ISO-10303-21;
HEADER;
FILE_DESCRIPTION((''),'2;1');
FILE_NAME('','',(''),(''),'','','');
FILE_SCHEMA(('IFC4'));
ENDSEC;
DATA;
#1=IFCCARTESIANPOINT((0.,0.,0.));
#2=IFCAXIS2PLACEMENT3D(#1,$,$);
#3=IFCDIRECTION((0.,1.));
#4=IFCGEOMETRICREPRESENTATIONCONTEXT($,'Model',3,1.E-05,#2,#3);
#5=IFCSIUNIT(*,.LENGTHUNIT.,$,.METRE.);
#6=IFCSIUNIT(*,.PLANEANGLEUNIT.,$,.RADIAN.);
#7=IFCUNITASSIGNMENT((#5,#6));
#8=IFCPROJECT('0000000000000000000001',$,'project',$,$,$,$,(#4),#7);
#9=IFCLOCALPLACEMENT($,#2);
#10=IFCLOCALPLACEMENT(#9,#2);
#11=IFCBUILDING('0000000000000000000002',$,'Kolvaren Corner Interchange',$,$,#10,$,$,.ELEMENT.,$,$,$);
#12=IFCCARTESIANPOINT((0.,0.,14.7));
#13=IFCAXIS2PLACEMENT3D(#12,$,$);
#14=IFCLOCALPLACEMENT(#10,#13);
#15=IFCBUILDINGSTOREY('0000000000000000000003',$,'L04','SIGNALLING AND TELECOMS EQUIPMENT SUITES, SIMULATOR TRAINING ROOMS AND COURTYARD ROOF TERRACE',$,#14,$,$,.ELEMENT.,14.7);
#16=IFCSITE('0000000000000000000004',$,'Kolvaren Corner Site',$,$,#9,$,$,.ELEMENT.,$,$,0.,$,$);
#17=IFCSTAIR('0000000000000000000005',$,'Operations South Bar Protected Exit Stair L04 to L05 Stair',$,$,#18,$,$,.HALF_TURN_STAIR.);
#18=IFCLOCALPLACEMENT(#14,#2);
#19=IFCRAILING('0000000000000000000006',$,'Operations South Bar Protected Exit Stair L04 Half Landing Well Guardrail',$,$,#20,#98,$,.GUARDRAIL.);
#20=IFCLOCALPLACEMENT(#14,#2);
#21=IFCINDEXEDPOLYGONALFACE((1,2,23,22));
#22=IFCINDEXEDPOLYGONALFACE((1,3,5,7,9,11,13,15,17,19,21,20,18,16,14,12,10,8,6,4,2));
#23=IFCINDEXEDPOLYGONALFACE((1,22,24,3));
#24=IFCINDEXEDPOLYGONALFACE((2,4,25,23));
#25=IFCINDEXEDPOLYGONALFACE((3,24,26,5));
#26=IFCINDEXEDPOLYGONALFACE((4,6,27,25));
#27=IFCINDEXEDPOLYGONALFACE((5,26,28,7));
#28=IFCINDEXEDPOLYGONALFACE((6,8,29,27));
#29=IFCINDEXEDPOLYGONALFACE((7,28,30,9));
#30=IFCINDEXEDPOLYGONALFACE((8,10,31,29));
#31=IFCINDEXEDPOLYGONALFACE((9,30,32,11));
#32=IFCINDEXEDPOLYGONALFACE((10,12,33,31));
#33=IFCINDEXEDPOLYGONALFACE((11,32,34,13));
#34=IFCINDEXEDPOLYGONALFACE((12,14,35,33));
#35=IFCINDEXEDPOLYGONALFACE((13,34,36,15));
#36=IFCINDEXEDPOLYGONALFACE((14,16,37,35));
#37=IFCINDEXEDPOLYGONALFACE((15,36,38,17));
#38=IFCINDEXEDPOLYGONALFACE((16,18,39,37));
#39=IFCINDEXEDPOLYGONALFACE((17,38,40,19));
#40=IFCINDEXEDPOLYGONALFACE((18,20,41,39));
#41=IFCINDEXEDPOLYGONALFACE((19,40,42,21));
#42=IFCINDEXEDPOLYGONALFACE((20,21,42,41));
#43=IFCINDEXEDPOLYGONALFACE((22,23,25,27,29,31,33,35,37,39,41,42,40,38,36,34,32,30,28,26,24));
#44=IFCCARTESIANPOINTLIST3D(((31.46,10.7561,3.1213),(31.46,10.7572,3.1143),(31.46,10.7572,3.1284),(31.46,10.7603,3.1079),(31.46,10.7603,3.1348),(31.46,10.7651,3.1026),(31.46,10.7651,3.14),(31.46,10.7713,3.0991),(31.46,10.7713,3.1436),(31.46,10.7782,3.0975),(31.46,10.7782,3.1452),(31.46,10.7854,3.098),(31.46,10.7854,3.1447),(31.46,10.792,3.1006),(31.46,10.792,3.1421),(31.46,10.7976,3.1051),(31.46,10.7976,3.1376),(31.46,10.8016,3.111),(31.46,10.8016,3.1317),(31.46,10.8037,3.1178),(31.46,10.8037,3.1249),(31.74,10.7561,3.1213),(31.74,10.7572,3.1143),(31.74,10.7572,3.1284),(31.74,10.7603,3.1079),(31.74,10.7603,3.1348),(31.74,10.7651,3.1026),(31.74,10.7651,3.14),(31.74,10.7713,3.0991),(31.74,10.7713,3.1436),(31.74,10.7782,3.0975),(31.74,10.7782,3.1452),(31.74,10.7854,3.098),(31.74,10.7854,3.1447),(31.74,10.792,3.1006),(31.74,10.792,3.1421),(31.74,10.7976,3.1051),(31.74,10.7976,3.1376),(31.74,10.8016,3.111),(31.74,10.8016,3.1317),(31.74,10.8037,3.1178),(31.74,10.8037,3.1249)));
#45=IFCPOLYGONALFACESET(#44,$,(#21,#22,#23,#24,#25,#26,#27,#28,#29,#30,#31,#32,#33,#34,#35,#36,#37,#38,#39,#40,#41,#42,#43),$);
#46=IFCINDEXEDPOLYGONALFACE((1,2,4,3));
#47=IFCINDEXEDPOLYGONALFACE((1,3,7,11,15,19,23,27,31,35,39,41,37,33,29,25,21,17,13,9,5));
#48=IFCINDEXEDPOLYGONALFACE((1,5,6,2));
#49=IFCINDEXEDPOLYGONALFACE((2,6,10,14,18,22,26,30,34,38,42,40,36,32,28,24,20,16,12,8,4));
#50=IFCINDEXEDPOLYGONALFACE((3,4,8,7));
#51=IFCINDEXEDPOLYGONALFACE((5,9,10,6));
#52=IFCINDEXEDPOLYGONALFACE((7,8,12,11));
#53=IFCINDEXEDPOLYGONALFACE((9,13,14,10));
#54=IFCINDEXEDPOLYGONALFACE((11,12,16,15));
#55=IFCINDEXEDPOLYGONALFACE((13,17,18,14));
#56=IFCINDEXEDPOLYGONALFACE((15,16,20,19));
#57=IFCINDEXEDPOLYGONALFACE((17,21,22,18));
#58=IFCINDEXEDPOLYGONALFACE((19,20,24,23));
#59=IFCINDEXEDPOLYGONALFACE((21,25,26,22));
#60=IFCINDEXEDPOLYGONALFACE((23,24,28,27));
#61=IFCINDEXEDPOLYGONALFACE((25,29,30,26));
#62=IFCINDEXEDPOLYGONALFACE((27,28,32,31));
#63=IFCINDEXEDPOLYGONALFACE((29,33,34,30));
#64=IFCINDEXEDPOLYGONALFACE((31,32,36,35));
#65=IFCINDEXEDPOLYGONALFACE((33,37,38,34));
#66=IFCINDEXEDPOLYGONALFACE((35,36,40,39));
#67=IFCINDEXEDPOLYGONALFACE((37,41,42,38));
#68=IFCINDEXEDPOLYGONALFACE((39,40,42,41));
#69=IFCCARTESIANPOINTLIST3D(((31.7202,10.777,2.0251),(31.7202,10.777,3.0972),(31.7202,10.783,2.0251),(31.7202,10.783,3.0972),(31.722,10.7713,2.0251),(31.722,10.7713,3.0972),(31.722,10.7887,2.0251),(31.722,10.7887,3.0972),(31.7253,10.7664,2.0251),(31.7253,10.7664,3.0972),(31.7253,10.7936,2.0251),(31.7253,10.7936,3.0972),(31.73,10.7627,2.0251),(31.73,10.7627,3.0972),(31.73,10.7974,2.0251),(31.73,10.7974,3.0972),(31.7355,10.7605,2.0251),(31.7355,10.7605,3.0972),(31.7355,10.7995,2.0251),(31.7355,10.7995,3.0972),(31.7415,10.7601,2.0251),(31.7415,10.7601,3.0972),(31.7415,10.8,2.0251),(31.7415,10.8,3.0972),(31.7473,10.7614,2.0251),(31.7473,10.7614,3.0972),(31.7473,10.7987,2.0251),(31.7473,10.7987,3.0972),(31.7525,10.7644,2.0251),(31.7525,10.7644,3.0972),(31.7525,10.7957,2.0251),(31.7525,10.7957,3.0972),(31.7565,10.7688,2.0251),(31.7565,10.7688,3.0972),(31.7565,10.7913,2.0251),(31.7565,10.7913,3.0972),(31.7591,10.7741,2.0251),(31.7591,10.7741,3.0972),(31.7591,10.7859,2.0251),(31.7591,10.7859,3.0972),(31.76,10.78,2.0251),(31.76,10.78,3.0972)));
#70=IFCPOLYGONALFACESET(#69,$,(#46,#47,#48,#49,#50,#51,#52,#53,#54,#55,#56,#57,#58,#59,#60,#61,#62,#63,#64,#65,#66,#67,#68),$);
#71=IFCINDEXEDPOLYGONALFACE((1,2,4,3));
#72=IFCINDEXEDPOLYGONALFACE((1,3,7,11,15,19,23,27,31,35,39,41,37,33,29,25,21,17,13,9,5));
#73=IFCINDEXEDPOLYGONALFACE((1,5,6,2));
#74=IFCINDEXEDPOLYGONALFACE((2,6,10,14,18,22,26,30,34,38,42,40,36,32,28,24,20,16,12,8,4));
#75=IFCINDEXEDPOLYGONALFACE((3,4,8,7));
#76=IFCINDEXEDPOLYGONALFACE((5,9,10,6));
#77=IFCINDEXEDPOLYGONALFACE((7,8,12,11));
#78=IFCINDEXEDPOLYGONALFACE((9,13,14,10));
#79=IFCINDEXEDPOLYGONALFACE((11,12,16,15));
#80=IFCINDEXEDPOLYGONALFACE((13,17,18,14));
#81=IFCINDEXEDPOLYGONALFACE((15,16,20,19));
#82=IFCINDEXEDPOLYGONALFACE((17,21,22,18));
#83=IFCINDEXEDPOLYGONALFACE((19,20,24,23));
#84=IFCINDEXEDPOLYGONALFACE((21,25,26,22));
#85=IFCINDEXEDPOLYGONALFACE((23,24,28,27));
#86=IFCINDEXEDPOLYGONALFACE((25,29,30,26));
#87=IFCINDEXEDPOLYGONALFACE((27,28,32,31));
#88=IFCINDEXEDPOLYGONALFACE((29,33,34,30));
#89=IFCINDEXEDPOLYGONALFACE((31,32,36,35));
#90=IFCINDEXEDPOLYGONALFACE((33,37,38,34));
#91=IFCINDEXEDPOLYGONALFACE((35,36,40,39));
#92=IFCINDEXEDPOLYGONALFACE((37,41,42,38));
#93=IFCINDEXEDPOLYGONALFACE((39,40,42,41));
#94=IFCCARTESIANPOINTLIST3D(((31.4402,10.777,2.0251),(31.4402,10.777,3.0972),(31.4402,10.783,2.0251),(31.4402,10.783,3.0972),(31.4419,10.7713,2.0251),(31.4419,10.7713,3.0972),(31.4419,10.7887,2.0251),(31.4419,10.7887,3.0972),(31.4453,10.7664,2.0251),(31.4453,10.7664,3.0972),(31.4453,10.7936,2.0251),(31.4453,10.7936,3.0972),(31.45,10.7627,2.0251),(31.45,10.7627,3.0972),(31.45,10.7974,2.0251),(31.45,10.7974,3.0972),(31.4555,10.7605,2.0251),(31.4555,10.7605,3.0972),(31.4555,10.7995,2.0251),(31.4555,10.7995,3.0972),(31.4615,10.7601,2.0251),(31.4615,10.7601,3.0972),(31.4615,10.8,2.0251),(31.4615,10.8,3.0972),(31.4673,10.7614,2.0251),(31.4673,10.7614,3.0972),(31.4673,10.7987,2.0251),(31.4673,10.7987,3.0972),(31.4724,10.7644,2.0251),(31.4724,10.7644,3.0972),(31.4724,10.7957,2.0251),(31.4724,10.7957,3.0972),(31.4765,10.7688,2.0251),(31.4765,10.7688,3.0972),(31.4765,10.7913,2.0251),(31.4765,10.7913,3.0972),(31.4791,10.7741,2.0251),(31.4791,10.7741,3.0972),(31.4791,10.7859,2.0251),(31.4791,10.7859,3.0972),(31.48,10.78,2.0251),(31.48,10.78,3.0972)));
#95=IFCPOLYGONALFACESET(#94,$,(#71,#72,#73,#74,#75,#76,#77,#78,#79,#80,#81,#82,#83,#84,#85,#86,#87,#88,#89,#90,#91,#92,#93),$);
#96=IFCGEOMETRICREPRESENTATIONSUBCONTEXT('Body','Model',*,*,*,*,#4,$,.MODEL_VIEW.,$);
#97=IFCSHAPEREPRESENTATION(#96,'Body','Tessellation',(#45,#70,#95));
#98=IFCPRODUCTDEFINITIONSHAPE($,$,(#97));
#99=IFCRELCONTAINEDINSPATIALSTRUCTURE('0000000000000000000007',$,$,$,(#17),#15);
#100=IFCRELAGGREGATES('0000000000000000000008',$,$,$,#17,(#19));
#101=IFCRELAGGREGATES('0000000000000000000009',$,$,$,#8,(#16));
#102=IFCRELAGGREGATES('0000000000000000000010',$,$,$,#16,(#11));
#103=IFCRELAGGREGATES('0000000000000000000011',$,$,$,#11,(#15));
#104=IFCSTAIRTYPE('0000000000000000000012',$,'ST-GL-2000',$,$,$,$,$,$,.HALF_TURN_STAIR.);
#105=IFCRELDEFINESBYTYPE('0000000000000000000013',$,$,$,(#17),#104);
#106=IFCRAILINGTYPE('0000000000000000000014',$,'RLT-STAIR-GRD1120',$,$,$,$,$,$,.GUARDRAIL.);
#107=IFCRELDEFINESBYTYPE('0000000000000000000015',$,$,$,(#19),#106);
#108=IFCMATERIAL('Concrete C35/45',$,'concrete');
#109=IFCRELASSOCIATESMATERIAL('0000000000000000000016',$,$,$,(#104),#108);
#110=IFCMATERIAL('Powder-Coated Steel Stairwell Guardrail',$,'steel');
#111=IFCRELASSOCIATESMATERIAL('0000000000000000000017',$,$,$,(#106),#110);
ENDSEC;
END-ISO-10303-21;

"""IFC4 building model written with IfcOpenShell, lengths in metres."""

from ifc_helpers import new_model, si_unit, direction, frame, origin, origin_2d, place, context, subcontext, project, spatial, circle, extrude, material, type_object, element, aggregate, save


model = new_model("IFC4")

# Units and contexts
model_context = context("Model", 3, precision=1e-05, world=origin(), true_north=direction((0.0, 1.0)))
body_context = subcontext(model_context, "Body", "Model", "MODEL_VIEW")
ifc_project = project(units=[si_unit("LENGTHUNIT", "METRE"), si_unit("PLANEANGLEUNIT", "RADIAN")], contexts=[model_context])

# Site, building, storey
site_placement = place(None, origin())
site = spatial("IfcSite", under=ifc_project, at=site_placement, Name="Kolvaren Corner Site", CompositionType="ELEMENT", RefElevation=0.0)
building_placement = place(site_placement, origin())
building = spatial("IfcBuilding", under=site, at=building_placement, Name="Kolvaren Corner Interchange", CompositionType="ELEMENT")
storey_placement = place(building_placement, frame((0.0, 0.0, 14.7)))
storey = spatial("IfcBuildingStorey", under=building, at=storey_placement, Name="L04", Description="SIGNALLING AND TELECOMS EQUIPMENT SUITES, SIMULATOR TRAINING ROOMS AND COURTYARD ROOF TERRACE", CompositionType="ELEMENT", Elevation=14.7)

# Stair
ifc_material_1 = material(Name="Concrete C35/45", Category="concrete")
stair_type = type_object("IfcStairType", Name="ST-GL-2000", PredefinedType="HALF_TURN_STAIR", material=ifc_material_1)
stair_placement = place(storey_placement, origin())
stair = element("IfcStair", 1, at=stair_placement, inside=storey, type_object=stair_type, Name="Operations South Bar Protected Exit Stair L04 to L05 Stair", PredefinedType="HALF_TURN_STAIR")

# Railing
ifc_material_2 = material(Name="Powder-Coated Steel Stairwell Guardrail", Category="steel")
railing_type_1 = type_object("IfcRailingType", Name="RLT-STAIR-GRD1120", PredefinedType="GUARDRAIL", material=ifc_material_2)
railing_1_placement = place(storey_placement, frame((31.74, 10.78, 2.0251)))
railing_1 = element("IfcRailing", 2, at=railing_1_placement, type_object=railing_type_1, Name="Operations South Bar Protected Exit Stair L04 Half Landing Well Guardrail", PredefinedType="GUARDRAIL", context=body_context, shape_type="SweptSolid", body=[
    extrude(circle(Radius=0.0239, at=origin_2d()), frame((0.0, 0.0, 1.0962), z_axis=(-1.0, 0.0, 0.0), x_axis=(0.0, -1.0, 0.0)), (0.0, 0.0, 1.0), 0.28),
    extrude(circle(Radius=0.02, at=origin_2d()), origin(), (0.0, 0.0, 1.0), 1.072),
    extrude(circle(Radius=0.02, at=origin_2d()), frame((-0.28, 0.0, 0.0)), (0.0, 0.0, 1.0), 1.072),
])
aggregate(stair, [railing_1])

save(model, "model.ifc")
